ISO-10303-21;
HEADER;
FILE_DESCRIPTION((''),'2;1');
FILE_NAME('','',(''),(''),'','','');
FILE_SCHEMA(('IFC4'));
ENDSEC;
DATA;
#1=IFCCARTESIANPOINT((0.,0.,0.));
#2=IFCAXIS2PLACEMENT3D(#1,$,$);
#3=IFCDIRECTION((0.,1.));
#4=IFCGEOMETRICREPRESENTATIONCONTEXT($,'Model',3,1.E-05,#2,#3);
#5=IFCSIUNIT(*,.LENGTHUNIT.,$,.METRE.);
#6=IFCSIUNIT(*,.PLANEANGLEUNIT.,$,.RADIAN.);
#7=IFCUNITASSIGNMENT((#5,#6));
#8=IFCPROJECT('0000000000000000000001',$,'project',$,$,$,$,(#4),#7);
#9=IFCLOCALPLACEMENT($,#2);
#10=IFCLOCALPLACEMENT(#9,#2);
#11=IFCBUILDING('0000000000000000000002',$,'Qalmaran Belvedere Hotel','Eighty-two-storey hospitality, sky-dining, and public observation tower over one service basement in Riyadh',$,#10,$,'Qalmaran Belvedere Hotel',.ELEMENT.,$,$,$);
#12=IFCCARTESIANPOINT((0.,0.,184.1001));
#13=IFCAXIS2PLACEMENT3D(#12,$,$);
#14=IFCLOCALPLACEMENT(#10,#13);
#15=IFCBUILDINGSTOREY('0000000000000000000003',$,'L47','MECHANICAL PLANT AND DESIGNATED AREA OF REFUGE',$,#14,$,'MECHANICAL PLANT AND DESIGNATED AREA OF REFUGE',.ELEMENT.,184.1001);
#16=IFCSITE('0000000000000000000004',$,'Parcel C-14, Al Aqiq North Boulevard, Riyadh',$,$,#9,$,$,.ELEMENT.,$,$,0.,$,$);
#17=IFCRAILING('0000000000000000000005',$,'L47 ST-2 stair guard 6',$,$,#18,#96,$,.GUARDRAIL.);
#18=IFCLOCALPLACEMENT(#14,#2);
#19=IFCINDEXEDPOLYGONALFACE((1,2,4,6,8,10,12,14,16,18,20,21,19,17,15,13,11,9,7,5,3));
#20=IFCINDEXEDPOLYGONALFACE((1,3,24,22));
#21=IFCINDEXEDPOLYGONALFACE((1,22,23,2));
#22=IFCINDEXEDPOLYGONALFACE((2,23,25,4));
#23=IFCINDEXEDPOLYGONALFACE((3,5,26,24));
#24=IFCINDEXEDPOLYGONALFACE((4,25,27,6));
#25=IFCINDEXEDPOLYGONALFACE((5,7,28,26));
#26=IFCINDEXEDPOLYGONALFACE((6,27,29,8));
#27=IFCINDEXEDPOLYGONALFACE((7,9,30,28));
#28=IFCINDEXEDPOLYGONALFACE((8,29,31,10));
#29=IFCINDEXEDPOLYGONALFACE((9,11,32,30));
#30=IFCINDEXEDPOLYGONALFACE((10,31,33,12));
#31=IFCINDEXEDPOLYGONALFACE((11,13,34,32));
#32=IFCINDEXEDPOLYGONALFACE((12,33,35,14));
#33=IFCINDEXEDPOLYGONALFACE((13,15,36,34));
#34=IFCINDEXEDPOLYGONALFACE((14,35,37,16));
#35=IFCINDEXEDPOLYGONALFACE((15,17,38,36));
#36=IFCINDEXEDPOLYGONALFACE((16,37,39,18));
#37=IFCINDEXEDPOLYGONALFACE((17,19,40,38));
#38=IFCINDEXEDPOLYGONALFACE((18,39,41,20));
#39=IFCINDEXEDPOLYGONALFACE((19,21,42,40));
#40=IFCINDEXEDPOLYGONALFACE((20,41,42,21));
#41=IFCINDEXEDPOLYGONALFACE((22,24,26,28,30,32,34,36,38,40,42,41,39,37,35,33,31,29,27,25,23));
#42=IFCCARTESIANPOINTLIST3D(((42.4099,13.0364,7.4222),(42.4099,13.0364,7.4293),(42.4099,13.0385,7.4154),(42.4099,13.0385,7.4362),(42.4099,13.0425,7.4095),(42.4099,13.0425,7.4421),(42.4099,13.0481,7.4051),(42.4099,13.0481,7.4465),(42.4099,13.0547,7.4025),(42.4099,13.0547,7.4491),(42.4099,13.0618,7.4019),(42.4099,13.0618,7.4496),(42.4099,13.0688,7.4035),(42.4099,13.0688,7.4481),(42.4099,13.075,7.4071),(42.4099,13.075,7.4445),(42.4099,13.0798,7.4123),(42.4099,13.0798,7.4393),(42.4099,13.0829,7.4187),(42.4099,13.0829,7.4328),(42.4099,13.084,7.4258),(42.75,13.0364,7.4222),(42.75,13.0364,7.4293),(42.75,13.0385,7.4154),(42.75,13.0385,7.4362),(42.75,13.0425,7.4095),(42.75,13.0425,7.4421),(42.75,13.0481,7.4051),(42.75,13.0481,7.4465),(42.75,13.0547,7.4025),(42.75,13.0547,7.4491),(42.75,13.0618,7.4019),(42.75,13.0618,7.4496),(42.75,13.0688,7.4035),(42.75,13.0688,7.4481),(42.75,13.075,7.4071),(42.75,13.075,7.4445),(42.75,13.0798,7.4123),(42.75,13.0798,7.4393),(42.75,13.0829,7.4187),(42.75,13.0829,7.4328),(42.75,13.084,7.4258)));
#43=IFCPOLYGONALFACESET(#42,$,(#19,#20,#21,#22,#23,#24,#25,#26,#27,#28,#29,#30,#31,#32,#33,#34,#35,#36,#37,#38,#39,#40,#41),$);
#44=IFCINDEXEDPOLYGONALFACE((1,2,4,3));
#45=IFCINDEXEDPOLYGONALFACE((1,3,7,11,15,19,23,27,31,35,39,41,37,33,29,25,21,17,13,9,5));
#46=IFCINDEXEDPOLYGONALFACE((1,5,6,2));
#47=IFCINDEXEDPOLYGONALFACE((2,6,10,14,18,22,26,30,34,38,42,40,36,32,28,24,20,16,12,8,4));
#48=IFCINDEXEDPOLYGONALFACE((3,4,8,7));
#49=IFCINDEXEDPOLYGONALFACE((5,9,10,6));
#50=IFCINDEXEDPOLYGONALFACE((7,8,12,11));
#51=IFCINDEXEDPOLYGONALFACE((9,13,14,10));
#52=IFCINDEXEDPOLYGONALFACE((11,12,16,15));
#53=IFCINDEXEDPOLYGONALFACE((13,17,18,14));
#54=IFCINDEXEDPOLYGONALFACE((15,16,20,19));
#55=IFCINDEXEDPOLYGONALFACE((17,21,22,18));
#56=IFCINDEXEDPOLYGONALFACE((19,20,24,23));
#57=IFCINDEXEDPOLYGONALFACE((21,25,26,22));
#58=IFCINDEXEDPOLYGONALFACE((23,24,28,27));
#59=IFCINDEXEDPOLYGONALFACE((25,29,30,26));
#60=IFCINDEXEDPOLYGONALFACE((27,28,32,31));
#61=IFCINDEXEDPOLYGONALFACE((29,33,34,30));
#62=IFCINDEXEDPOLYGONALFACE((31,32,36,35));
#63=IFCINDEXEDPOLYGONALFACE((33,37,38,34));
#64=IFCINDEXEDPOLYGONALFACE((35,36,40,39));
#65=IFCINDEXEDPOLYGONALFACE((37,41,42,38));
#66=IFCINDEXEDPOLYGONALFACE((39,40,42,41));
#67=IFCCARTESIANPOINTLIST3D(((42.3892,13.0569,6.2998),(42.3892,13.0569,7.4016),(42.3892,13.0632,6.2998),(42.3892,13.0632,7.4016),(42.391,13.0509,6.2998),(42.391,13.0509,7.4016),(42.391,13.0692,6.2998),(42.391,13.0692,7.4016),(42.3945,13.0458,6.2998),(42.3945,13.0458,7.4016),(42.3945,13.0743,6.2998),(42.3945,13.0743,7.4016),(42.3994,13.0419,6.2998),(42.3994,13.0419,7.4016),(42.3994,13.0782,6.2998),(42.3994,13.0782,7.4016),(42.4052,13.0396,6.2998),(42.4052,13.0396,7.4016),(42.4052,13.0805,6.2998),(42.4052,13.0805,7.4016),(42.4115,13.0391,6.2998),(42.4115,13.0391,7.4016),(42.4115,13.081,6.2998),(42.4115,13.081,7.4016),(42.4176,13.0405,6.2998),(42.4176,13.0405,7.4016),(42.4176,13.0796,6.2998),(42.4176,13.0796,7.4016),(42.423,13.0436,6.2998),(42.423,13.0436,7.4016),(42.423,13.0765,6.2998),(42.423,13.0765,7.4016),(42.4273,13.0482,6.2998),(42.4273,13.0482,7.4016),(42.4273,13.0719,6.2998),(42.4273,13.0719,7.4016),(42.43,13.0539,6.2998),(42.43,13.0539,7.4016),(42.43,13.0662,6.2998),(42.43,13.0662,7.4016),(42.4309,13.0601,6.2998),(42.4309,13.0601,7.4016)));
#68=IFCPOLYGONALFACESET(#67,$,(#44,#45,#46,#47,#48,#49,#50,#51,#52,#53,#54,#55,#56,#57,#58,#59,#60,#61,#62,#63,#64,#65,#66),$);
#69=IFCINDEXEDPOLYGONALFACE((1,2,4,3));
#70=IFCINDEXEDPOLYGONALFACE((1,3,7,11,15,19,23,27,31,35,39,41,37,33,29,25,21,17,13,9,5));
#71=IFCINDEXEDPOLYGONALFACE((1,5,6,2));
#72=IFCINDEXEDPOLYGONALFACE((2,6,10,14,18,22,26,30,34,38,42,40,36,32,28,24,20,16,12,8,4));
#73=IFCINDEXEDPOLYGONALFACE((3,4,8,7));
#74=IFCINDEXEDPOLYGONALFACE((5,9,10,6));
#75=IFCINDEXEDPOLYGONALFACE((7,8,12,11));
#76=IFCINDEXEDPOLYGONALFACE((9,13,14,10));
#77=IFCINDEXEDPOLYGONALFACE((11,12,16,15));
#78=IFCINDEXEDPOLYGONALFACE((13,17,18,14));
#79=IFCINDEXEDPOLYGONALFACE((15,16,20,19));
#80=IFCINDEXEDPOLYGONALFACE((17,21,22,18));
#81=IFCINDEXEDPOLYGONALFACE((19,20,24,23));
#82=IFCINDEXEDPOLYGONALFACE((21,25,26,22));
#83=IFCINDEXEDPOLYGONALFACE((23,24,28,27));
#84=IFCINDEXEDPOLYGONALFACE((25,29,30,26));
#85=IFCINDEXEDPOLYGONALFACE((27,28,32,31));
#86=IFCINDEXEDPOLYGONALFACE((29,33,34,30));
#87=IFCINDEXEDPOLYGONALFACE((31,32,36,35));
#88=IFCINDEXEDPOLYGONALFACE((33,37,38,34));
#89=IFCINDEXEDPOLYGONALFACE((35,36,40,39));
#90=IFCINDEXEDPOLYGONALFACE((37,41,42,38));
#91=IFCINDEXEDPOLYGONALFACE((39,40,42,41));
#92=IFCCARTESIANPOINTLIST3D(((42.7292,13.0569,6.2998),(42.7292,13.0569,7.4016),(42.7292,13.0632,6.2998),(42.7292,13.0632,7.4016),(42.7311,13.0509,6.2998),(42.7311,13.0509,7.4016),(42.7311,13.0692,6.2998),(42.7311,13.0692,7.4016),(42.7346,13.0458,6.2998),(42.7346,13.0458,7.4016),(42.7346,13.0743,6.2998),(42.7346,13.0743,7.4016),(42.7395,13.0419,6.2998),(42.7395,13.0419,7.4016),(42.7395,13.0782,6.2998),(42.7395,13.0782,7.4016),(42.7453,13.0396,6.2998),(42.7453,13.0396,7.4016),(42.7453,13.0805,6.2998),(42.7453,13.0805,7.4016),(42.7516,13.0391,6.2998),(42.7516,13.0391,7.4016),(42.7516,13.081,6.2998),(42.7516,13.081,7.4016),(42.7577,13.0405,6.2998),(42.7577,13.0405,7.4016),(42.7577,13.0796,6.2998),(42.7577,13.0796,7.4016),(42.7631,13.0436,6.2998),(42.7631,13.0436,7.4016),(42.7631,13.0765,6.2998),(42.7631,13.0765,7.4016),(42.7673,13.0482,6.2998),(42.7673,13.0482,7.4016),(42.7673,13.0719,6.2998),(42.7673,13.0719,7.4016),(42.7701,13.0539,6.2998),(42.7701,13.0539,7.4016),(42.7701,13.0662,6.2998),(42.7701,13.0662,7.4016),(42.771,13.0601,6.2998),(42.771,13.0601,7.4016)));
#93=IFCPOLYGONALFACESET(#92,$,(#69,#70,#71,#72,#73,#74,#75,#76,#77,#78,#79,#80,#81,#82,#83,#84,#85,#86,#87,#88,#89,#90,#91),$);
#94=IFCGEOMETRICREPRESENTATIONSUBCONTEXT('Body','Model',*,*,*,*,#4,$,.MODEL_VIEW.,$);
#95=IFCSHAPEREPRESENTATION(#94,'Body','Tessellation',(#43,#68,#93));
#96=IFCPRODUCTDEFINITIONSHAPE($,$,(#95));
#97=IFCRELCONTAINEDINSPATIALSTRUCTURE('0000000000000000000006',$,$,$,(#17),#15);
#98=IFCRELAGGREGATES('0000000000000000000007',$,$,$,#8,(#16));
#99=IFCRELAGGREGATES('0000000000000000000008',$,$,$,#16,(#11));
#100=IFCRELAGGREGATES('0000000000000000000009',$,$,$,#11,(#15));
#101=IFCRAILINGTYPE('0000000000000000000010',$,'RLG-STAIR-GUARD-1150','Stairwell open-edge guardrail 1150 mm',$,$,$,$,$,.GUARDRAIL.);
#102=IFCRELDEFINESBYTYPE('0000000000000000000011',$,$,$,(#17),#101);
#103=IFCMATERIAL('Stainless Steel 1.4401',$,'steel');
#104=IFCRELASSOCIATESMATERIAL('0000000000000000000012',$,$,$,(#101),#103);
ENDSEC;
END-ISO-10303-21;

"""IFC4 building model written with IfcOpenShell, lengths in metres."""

from ifc_helpers import new_model, si_unit, direction, frame, origin, origin_2d, place, context, subcontext, project, spatial, circle, extrude, material, type_object, element, save


model = new_model("IFC4")

# Units and contexts
model_context = context("Model", 3, precision=1e-05, world=origin(), true_north=direction((0.0, 1.0)))
body_context = subcontext(model_context, "Body", "Model", "MODEL_VIEW")
ifc_project = project(units=[si_unit("LENGTHUNIT", "METRE"), si_unit("PLANEANGLEUNIT", "RADIAN")], contexts=[model_context])

# Site, building, storey
site_placement = place(None, origin())
site = spatial("IfcSite", under=ifc_project, at=site_placement, Name="Parcel C-14, Al Aqiq North Boulevard, Riyadh", CompositionType="ELEMENT", RefElevation=0.0)
building_placement = place(site_placement, origin())
building = spatial("IfcBuilding", under=site, at=building_placement, Name="Qalmaran Belvedere Hotel", Description="Eighty-two-storey hospitality, sky-dining, and public observation tower over one service basement in Riyadh", LongName="Qalmaran Belvedere Hotel", CompositionType="ELEMENT")
storey_placement = place(building_placement, frame((0.0, 0.0, 184.1001)))
storey = spatial("IfcBuildingStorey", under=building, at=storey_placement, Name="L47", Description="MECHANICAL PLANT AND DESIGNATED AREA OF REFUGE", LongName="MECHANICAL PLANT AND DESIGNATED AREA OF REFUGE", CompositionType="ELEMENT", Elevation=184.1001)

# Shared definitions
ifc_material_1 = material(Name="Stainless Steel 1.4401", Category="steel")

# Railing
railing_type_1 = type_object("IfcRailingType", Name="RLG-STAIR-GUARD-1150", Description="Stairwell open-edge guardrail 1150 mm", PredefinedType="GUARDRAIL", material=ifc_material_1)
railing_1_placement = place(storey_placement, frame((42.4099, 13.0601, 6.2998)))
element("IfcRailing", 1, at=railing_1_placement, inside=storey, type_object=railing_type_1, Name="L47 ST-2 stair guard 6", PredefinedType="GUARDRAIL", context=body_context, shape_type="SweptSolid", body=[
    extrude(circle(Radius=0.0239, at=origin_2d()), frame((0.0, 0.0, 1.126), z_axis=(1.0, 0.0, 0.0), x_axis=(0.0, 1.0, 0.0)), (0.0, 0.0, 1.0), 0.3401),
    extrude(circle(Radius=0.021, at=origin_2d()), origin(), (0.0, 0.0, 1.0), 1.1018),
    extrude(circle(Radius=0.021, at=origin_2d()), frame((0.3401, 0.0, 0.0)), (0.0, 0.0, 1.0), 1.1018),
])

save(model, "model.ifc")
